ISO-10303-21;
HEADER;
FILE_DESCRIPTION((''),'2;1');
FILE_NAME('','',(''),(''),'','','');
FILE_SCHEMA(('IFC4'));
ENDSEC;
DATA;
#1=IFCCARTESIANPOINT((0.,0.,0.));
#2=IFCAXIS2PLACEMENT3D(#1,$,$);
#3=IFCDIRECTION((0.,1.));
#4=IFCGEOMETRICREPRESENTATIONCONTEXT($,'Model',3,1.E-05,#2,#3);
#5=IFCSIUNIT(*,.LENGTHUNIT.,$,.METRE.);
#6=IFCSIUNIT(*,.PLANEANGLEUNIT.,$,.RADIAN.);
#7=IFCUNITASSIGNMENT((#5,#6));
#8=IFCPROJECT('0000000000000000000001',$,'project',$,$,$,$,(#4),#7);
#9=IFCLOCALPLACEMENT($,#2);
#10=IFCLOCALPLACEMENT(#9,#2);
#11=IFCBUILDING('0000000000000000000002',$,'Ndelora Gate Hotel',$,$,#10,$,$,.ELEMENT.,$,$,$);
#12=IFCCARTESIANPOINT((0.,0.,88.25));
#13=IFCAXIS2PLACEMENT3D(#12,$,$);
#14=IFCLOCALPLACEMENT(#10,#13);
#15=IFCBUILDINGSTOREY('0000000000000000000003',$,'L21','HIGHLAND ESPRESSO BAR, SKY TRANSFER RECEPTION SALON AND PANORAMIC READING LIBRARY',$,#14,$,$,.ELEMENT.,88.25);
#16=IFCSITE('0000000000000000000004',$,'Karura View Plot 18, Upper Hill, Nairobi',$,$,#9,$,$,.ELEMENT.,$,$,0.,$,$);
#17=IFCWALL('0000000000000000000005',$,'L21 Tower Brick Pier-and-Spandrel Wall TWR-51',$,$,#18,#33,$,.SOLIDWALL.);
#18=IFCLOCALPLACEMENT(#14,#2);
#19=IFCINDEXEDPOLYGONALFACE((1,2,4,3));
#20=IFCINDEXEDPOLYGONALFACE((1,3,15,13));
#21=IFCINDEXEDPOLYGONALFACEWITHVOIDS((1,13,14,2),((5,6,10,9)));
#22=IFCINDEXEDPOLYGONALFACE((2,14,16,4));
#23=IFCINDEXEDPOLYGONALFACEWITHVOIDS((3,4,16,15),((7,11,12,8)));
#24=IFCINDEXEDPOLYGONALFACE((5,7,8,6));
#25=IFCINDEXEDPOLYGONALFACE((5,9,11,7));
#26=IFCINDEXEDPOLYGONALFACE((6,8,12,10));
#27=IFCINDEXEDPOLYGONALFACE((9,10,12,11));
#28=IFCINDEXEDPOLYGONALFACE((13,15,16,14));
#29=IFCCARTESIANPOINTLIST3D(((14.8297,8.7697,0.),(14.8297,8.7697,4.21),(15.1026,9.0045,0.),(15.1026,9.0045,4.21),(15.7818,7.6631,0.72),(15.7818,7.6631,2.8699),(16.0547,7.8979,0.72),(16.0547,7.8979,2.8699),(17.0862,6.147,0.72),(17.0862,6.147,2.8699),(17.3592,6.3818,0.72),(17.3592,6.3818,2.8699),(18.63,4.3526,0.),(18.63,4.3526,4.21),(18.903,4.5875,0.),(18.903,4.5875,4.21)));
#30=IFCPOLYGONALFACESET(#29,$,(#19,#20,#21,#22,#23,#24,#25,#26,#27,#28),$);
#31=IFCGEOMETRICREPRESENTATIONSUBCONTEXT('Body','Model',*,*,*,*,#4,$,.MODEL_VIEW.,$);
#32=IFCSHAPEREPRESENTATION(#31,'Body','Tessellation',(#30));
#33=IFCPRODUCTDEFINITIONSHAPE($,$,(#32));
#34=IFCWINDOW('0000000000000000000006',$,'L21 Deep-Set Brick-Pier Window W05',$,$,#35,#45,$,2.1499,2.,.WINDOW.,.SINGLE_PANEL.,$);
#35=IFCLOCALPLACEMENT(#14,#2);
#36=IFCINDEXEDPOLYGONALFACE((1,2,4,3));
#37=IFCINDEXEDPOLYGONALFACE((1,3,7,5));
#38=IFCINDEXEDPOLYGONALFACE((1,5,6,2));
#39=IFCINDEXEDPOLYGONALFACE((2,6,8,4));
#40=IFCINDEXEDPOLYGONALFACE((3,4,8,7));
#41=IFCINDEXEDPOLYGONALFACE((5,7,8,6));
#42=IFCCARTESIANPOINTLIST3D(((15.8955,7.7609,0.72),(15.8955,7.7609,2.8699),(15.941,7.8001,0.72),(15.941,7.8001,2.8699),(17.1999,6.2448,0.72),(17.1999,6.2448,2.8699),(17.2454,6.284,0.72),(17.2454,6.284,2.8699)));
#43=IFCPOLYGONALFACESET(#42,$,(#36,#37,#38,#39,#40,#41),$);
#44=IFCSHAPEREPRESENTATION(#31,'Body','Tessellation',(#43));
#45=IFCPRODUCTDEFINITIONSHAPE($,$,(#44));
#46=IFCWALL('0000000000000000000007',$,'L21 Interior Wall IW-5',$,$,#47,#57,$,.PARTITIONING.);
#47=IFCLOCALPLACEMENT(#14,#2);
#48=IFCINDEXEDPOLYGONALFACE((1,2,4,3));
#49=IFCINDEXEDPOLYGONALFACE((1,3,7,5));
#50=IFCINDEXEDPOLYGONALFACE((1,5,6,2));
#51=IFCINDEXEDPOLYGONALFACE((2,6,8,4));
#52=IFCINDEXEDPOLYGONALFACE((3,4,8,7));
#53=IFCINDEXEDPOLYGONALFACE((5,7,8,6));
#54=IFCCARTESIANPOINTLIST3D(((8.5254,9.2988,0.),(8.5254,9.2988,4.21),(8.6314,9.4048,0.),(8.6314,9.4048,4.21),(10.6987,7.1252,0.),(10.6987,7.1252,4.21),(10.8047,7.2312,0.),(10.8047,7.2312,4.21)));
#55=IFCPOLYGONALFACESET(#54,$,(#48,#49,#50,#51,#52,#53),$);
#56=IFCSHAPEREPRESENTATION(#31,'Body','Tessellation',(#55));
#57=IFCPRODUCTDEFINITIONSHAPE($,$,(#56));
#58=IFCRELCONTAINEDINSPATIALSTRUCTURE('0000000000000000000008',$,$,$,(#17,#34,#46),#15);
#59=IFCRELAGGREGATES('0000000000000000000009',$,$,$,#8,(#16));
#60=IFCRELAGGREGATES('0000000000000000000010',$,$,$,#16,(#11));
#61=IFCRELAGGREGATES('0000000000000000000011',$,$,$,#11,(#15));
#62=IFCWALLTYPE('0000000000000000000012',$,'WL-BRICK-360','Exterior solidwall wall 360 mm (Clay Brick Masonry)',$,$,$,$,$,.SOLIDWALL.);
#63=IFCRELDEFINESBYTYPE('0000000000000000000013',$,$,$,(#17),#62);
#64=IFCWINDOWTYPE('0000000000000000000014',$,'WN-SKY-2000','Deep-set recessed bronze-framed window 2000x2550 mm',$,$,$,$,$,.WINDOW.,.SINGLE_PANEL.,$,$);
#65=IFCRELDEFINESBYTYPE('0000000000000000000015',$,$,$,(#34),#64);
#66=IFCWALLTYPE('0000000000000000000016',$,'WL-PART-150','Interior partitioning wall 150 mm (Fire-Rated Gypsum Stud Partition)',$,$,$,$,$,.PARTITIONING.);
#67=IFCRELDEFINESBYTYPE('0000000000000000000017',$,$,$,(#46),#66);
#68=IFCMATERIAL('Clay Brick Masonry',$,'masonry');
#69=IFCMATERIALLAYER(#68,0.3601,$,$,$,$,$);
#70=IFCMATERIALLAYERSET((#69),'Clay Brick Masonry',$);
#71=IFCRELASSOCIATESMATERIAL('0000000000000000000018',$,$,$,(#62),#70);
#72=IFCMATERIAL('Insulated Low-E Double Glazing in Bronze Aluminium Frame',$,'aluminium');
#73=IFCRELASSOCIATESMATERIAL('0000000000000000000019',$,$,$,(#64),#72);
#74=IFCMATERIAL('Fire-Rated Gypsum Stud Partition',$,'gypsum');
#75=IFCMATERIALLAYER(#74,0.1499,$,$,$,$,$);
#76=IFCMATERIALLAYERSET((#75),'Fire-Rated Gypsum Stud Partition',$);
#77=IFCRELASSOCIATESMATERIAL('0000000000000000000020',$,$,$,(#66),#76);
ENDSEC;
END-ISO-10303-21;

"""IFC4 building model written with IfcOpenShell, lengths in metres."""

from ifc_helpers import new_model, si_unit, direction, frame, frame_2d, origin, place, context, subcontext, project, spatial, rectangle, extrude, material, layer, layer_set, type_object, element, fill, save


model = new_model("IFC4")

# Units and contexts
model_context = context("Model", 3, precision=1e-05, world=origin(), true_north=direction((0.0, 1.0)))
body_context = subcontext(model_context, "Body", "Model", "MODEL_VIEW")
ifc_project = project(units=[si_unit("LENGTHUNIT", "METRE"), si_unit("PLANEANGLEUNIT", "RADIAN")], contexts=[model_context])

# Site, building, storey
site_placement = place(None, origin())
site = spatial("IfcSite", under=ifc_project, at=site_placement, Name="Karura View Plot 18, Upper Hill, Nairobi", CompositionType="ELEMENT", RefElevation=0.0)
building_placement = place(site_placement, origin())
building = spatial("IfcBuilding", under=site, at=building_placement, Name="Ndelora Gate Hotel", CompositionType="ELEMENT")
storey_placement = place(building_placement, frame((0.0, 0.0, 88.25)))
storey = spatial("IfcBuildingStorey", under=building, at=storey_placement, Name="L21", Description="HIGHLAND ESPRESSO BAR, SKY TRANSFER RECEPTION SALON AND PANORAMIC READING LIBRARY", CompositionType="ELEMENT", Elevation=88.25)

# Wall, opening, window
ifc_material_1 = material(Name="Clay Brick Masonry", Category="masonry")
ifc_layer_1 = layer(ifc_material_1, 0.3601)
ifc_layer_set_1 = layer_set([ifc_layer_1], Name="Clay Brick Masonry")
wall_type_1 = type_object("IfcWallType", Name="WL-BRICK-360", Description="Exterior solidwall wall 360 mm (Clay Brick Masonry)", PredefinedType="SOLIDWALL", material=ifc_layer_set_1)
wall_1_placement = place(storey_placement, frame((14.9661, 8.8872, 0.0), z_axis=(0.0, 0.0, 1.0), x_axis=(0.652205, -0.758043, 0.0)))
wall_1 = element("IfcWall", 1, at=wall_1_placement, inside=storey, type_object=wall_type_1, Name="L21 Tower Brick Pier-and-Spandrel Wall TWR-51", PredefinedType="SOLIDWALL", context=body_context, shape_type="SweptSolid", body=[
    extrude(rectangle(XDim=5.8269, YDim=0.3601, at=frame_2d((2.9136, 0.0))), origin(), (0.0, 0.0, 1.0), 4.21),
])
opening_placement = place(wall_1_placement, frame((1.46, 0.0, 0.72)))
opening = element("IfcOpeningElement", 2, at=opening_placement, cuts=wall_1, PredefinedType="OPENING", context=body_context, shape_type="SweptSolid", body=[
    extrude(rectangle(XDim=2.0, YDim=2.1499, at=frame_2d((1.0, 1.075))), frame((0.0, 0.1899, 0.0), z_axis=(0.0, -1.0, 0.0), x_axis=(1.0, 0.0, 0.0)), (0.0, 0.0, 1.0), 0.3801),
])
ifc_material_2 = material(Name="Insulated Low-E Double Glazing in Bronze Aluminium Frame", Category="aluminium")
window_type = type_object("IfcWindowType", Name="WN-SKY-2000", Description="Deep-set recessed bronze-framed window 2000x2550 mm", PartitioningType="SINGLE_PANEL", PredefinedType="WINDOW", material=ifc_material_2)
window_placement = place(opening_placement, origin())
window = element("IfcWindow", 3, at=window_placement, inside=storey, type_object=window_type, Name="L21 Deep-Set Brick-Pier Window W05", OverallHeight=2.1499, OverallWidth=2.0, PartitioningType="SINGLE_PANEL", PredefinedType="WINDOW", context=body_context, shape_type="SweptSolid", body=[
    extrude(rectangle(XDim=2.0, YDim=2.1499, at=frame_2d((1.0, 1.075))), frame((0.0, 0.03, 0.0), z_axis=(0.0, -1.0, 0.0), x_axis=(1.0, 0.0, 0.0)), (0.0, 0.0, 1.0), 0.0601),
])
fill(opening, window)

# Wall
ifc_material_3 = material(Name="Fire-Rated Gypsum Stud Partition", Category="gypsum")
ifc_layer_2 = layer(ifc_material_3, 0.1499)
ifc_layer_set_2 = layer_set([ifc_layer_2], Name="Fire-Rated Gypsum Stud Partition")
wall_type_2 = type_object("IfcWallType", Name="WL-PART-150", Description="Interior partitioning wall 150 mm (Fire-Rated Gypsum Stud Partition)", PredefinedType="PARTITIONING", material=ifc_layer_set_2)
wall_2_placement = place(storey_placement, frame((8.5784, 9.3518, 0.0), z_axis=(0.0, 0.0, 1.0), x_axis=(0.707067, -0.707146, 0.0)))
element("IfcWall", 4, at=wall_2_placement, inside=storey, type_object=wall_type_2, Name="L21 Interior Wall IW-5", PredefinedType="PARTITIONING", context=body_context, shape_type="SweptSolid", body=[
    extrude(rectangle(XDim=3.0737, YDim=0.1499, at=frame_2d((1.5369, 0.0))), origin(), (0.0, 0.0, 1.0), 4.21),
])

save(model, "model.ifc")
